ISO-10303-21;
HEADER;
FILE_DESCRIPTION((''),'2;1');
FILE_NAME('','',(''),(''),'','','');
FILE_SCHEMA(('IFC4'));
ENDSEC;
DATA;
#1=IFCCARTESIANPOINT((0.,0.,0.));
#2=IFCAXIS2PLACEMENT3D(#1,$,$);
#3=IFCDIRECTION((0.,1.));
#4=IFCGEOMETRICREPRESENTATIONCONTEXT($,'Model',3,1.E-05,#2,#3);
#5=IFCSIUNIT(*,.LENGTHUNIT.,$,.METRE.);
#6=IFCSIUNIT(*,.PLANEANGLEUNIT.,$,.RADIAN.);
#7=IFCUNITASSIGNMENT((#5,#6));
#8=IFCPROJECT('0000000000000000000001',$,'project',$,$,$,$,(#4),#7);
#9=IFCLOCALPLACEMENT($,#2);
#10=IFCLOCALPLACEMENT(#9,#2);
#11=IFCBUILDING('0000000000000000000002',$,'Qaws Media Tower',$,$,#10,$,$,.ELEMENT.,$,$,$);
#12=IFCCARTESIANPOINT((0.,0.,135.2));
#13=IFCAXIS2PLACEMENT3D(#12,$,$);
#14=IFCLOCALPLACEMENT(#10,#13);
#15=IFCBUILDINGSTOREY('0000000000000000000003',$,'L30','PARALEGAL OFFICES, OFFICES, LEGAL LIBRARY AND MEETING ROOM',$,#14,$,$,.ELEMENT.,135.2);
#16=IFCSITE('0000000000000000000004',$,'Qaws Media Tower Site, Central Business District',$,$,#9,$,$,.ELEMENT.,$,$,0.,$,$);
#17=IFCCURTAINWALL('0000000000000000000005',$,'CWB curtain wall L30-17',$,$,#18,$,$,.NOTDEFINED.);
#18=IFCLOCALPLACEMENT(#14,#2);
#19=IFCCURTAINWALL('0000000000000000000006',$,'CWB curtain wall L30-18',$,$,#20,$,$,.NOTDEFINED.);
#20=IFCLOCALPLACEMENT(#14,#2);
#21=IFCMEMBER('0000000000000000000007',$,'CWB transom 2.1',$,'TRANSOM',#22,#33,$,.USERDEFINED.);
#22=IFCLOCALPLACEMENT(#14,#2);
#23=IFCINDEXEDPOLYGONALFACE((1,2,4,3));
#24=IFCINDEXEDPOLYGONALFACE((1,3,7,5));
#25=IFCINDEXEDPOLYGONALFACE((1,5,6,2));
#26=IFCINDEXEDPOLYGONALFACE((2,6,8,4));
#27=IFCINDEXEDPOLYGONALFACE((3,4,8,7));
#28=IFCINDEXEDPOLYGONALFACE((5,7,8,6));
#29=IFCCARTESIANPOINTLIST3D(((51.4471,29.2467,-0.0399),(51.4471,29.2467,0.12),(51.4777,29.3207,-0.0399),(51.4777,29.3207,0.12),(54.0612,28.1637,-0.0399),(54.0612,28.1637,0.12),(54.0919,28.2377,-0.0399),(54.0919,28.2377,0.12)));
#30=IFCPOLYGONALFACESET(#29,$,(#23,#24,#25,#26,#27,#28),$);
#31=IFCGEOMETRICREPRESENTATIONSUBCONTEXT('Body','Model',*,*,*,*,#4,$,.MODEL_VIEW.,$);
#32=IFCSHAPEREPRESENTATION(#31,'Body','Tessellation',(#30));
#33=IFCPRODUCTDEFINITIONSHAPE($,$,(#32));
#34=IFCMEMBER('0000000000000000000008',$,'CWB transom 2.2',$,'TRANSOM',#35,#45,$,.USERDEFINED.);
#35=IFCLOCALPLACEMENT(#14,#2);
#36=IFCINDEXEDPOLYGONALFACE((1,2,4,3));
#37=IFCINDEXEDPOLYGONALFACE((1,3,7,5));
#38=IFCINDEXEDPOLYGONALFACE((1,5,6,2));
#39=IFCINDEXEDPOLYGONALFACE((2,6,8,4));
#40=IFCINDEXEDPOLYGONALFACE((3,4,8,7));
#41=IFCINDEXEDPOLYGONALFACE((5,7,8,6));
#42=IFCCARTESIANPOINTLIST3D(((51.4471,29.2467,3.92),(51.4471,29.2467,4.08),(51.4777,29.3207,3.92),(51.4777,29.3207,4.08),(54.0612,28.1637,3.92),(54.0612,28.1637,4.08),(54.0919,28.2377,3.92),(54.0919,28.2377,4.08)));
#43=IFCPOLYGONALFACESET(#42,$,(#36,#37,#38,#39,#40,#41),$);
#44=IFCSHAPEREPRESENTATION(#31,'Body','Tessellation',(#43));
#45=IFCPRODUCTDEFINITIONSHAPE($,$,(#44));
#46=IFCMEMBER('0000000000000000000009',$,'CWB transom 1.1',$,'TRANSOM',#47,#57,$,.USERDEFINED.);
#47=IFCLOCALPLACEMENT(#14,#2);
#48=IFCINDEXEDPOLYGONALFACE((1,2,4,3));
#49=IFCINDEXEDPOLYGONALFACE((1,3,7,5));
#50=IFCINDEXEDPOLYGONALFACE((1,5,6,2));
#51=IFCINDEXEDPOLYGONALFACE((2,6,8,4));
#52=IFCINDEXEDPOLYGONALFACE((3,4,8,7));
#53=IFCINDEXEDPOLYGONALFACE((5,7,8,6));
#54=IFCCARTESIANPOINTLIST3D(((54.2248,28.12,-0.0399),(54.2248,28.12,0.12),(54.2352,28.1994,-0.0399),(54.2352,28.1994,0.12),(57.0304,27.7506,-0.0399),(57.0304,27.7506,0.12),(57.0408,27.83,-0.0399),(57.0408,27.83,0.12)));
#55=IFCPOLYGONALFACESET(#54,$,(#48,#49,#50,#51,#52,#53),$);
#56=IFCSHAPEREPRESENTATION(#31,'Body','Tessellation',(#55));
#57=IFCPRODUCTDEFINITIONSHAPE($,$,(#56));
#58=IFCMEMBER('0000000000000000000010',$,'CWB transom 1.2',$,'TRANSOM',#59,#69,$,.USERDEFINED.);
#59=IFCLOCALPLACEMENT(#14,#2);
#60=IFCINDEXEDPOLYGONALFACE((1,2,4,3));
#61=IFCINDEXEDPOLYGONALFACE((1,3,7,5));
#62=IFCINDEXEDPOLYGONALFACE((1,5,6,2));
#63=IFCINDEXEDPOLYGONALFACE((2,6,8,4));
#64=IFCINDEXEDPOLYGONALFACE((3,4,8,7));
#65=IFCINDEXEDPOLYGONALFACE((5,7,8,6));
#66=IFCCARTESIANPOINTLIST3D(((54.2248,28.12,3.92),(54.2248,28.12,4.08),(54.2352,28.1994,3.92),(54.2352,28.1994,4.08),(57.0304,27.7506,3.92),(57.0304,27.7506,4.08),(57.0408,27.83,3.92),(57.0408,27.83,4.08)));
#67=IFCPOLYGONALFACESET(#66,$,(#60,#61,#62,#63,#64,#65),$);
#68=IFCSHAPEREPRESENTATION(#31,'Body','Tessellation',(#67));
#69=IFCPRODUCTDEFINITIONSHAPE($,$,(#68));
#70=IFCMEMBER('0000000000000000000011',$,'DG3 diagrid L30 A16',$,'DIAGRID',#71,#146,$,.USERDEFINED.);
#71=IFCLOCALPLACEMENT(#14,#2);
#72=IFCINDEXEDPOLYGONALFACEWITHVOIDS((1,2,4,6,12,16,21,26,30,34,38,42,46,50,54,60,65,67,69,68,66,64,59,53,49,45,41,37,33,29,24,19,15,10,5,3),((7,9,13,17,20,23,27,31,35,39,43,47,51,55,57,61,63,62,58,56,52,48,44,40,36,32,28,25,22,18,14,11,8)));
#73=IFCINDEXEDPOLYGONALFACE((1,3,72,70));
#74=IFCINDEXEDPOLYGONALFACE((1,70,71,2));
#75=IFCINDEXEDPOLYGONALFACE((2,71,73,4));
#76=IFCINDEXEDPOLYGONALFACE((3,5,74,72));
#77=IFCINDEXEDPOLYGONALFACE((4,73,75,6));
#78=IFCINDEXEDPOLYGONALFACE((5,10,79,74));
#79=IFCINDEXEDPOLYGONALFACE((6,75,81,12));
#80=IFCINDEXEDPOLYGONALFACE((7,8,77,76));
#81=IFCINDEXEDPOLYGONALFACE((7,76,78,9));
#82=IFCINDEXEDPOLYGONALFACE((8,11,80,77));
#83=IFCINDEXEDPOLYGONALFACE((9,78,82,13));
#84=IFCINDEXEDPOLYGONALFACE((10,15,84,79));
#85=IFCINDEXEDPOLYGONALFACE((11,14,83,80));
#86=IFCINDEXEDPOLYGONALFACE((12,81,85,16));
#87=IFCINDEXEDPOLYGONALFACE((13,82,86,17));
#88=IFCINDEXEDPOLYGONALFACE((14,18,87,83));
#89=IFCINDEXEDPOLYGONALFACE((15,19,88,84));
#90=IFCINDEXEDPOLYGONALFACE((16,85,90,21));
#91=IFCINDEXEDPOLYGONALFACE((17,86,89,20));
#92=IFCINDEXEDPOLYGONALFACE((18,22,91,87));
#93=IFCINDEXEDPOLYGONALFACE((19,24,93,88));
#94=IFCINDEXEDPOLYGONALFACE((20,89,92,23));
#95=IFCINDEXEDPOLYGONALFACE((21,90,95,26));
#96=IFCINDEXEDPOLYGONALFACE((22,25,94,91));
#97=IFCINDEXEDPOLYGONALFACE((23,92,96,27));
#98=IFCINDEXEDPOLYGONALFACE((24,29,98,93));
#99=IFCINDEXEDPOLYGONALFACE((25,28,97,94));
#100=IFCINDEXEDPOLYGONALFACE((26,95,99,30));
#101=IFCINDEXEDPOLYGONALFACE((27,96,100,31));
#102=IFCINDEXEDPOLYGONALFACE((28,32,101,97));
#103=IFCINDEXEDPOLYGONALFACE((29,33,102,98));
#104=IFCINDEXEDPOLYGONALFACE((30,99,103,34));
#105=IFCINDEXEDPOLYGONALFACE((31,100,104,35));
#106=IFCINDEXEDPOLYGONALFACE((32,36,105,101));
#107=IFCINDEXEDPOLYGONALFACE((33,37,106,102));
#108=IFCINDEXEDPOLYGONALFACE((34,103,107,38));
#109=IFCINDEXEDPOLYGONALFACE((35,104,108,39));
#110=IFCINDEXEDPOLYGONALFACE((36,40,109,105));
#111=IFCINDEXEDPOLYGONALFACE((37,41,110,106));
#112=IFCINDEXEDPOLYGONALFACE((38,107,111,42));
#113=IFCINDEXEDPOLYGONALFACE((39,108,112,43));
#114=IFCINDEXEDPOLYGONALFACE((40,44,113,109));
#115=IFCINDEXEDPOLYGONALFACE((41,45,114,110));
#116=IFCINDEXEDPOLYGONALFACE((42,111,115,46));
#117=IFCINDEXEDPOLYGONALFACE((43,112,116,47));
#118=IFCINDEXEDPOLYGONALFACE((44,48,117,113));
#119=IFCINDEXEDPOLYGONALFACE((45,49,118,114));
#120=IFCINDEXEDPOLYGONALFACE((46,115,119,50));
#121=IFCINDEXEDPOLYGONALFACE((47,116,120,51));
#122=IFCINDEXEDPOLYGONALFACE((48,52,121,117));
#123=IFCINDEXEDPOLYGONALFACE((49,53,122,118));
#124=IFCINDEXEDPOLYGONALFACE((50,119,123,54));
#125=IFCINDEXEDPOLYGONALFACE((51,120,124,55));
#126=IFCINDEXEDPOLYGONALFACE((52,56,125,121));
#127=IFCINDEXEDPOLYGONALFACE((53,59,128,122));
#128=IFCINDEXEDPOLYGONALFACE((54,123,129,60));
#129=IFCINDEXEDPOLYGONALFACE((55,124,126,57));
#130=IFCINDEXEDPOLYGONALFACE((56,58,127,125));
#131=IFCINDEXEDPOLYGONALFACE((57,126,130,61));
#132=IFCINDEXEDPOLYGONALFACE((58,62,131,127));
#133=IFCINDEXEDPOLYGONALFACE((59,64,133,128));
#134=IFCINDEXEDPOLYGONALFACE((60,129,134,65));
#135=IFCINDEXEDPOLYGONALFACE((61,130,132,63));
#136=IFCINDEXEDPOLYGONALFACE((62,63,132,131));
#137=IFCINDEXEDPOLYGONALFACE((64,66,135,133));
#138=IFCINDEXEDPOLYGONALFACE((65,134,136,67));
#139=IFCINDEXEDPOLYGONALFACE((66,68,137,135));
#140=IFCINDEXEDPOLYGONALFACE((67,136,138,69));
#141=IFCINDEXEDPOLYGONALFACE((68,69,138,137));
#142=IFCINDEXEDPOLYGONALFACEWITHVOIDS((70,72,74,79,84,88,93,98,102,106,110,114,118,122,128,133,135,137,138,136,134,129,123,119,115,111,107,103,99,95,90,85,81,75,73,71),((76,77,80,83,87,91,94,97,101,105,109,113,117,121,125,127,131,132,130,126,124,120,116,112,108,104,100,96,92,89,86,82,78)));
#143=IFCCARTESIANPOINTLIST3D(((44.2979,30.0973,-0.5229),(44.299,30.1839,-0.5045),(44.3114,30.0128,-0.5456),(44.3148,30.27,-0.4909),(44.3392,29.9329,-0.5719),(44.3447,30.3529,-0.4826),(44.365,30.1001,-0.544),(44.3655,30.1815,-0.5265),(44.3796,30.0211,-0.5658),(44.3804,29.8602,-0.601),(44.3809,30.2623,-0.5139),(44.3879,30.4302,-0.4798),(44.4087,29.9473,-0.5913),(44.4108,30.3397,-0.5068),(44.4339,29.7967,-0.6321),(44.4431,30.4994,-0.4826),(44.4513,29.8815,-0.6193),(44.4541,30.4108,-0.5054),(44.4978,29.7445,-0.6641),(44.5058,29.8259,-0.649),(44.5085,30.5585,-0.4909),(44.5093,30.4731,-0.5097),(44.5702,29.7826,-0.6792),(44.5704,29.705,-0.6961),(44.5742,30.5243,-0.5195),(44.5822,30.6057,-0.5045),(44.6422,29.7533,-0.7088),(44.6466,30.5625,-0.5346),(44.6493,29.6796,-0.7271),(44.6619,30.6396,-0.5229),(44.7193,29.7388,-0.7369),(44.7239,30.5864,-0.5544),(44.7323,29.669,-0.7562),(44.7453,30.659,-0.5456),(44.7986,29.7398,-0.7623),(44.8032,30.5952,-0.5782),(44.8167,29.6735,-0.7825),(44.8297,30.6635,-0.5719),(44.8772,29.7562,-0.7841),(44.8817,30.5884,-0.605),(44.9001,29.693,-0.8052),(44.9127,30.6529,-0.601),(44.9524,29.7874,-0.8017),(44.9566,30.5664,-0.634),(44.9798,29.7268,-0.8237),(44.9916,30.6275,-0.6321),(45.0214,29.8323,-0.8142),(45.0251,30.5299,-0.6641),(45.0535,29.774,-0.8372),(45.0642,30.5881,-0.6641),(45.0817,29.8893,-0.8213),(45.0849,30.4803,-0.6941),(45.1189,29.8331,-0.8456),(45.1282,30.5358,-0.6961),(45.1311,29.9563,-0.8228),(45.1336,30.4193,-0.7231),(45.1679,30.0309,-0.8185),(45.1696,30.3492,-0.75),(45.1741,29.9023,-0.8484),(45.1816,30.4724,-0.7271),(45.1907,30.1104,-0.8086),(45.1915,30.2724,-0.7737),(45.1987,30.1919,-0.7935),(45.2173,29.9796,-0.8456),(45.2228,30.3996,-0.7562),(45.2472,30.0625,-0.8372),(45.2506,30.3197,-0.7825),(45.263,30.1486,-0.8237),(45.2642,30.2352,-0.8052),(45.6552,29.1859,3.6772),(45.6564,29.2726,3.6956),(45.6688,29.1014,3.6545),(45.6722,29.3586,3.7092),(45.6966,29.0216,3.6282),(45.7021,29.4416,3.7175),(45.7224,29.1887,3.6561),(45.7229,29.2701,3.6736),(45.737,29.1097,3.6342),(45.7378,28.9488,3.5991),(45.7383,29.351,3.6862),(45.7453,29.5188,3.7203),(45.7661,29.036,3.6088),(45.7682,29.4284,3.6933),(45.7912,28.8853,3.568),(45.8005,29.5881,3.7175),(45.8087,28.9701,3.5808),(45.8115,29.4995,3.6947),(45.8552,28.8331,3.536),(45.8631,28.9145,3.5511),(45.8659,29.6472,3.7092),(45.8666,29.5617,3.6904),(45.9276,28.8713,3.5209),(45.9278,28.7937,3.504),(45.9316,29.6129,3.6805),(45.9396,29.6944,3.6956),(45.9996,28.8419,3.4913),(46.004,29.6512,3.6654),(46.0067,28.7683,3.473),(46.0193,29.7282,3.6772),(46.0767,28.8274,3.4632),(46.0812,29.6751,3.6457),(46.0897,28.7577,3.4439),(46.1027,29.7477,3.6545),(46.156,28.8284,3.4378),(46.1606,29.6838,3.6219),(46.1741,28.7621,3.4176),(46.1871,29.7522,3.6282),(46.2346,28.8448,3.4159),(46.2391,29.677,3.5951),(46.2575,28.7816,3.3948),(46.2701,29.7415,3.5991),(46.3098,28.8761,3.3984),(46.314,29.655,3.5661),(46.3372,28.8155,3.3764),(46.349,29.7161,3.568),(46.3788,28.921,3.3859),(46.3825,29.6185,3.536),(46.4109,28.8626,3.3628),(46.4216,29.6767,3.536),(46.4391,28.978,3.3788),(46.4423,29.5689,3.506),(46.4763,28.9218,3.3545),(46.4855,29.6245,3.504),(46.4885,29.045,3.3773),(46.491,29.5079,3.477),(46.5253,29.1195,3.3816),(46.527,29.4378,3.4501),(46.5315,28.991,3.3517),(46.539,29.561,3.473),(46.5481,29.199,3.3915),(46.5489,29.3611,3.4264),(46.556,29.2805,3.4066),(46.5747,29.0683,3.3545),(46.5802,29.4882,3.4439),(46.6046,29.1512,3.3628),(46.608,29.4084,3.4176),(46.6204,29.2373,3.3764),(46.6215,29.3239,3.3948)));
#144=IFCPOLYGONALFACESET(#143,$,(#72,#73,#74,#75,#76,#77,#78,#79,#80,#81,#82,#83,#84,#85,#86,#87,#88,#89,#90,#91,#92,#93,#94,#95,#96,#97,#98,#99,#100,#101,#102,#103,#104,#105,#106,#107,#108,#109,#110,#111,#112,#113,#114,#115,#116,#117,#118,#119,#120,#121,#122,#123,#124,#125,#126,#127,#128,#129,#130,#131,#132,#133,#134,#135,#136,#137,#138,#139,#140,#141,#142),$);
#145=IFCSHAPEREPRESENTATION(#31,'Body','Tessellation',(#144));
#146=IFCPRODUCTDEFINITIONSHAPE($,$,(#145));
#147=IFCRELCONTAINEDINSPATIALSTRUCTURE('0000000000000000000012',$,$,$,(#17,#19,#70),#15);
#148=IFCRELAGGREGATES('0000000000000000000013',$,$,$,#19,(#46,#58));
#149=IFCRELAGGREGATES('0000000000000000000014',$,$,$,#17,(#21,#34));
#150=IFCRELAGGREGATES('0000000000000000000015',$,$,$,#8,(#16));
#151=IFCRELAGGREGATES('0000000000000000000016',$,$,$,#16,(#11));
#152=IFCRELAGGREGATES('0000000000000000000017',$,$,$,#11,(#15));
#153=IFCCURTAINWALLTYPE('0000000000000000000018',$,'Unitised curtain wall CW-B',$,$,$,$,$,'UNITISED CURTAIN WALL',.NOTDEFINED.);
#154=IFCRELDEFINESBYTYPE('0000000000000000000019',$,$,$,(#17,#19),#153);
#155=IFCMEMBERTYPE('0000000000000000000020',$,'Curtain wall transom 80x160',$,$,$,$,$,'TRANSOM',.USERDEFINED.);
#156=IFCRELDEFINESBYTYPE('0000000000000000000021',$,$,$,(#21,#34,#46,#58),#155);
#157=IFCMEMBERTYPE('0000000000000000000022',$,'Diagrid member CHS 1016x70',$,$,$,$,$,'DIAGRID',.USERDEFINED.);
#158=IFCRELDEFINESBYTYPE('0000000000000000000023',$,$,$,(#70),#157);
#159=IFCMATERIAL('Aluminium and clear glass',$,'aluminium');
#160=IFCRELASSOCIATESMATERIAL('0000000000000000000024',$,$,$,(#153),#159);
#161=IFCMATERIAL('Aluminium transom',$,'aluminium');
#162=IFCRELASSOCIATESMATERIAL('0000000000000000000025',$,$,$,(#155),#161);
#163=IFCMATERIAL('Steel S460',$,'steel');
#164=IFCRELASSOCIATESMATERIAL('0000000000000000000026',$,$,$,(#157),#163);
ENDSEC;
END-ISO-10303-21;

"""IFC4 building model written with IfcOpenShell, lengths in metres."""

from ifc_helpers import new_model, si_unit, direction, frame, origin, origin_2d, place, context, subcontext, project, spatial, rectangle, hollow_circle, extrude, material, material_profile, profile_set, type_object, element, aggregate, save


model = new_model("IFC4")

# Units and contexts
model_context = context("Model", 3, precision=1e-05, world=origin(), true_north=direction((0.0, 1.0)))
body_context = subcontext(model_context, "Body", "Model", "MODEL_VIEW")
ifc_project = project(units=[si_unit("LENGTHUNIT", "METRE"), si_unit("PLANEANGLEUNIT", "RADIAN")], contexts=[model_context])

# Site, building, storey
site_placement = place(None, origin())
site = spatial("IfcSite", under=ifc_project, at=site_placement, Name="Qaws Media Tower Site, Central Business District", CompositionType="ELEMENT", RefElevation=0.0)
building_placement = place(site_placement, origin())
building = spatial("IfcBuilding", under=site, at=building_placement, Name="Qaws Media Tower", CompositionType="ELEMENT")
storey_placement = place(building_placement, frame((0.0, 0.0, 135.2)))
storey = spatial("IfcBuildingStorey", under=building, at=storey_placement, Name="L30", Description="PARALEGAL OFFICES, OFFICES, LEGAL LIBRARY AND MEETING ROOM", CompositionType="ELEMENT", Elevation=135.2)

# Shared definitions
ifc_material_1 = material(Name="Aluminium and clear glass", Category="aluminium")
curtain_wall_type = type_object("IfcCurtainWallType", Name="Unitised curtain wall CW-B", ElementType="UNITISED CURTAIN WALL", PredefinedType="NOTDEFINED", material=ifc_material_1)

# Curtain wall
curtain_wall_1_placement = place(storey_placement, origin())
curtain_wall_1 = element("IfcCurtainWall", 1, at=curtain_wall_1_placement, inside=storey, type_object=curtain_wall_type, Name="CWB curtain wall L30-17", PredefinedType="NOTDEFINED")

# Curtain wall
curtain_wall_2_placement = place(storey_placement, origin())
curtain_wall_2 = element("IfcCurtainWall", 2, at=curtain_wall_2_placement, inside=storey, type_object=curtain_wall_type, Name="CWB curtain wall L30-18", PredefinedType="NOTDEFINED")

# Members
ifc_material_2 = material(Name="Aluminium transom", Category="aluminium")
ifc_material_profile_1 = material_profile(ifc_material_2, rectangle(XDim=0.0801, YDim=0.1599, at=origin_2d()), Name="80x160")
ifc_profile_set_1 = profile_set([ifc_material_profile_1], Name="Aluminium transom")
member_type_1 = type_object("IfcMemberType", Name="Curtain wall transom 80x160", ElementType="TRANSOM", PredefinedType="USERDEFINED", material=ifc_profile_set_1)
member_1_placement = place(storey_placement, frame((51.4624, 29.2837, 0.04), z_axis=(0.923861, -0.382728, 0.0), x_axis=(0.382728, 0.923861, 0.0)))
member_1 = element("IfcMember", 3, at=member_1_placement, type_object=member_type_1, Name="CWB transom 2.1", ObjectType="TRANSOM", PredefinedType="USERDEFINED", context=body_context, shape_type="SweptSolid", body=[
    extrude(rectangle(XDim=0.0801, YDim=0.1599, at=origin_2d()), origin(), (0.0, 0.0, 1.0), 2.8296),
])
member_2_placement = place(storey_placement, frame((51.4624, 29.2837, 4.0), z_axis=(0.923861, -0.382728, 0.0), x_axis=(0.382728, 0.923861, 0.0)))
member_2 = element("IfcMember", 4, at=member_2_placement, type_object=member_type_1, Name="CWB transom 2.2", ObjectType="TRANSOM", PredefinedType="USERDEFINED", context=body_context, shape_type="SweptSolid", body=[
    extrude(rectangle(XDim=0.0801, YDim=0.1599, at=origin_2d()), origin(), (0.0, 0.0, 1.0), 2.8296),
])
member_3_placement = place(storey_placement, frame((54.23, 28.1597, 0.04), z_axis=(0.991444, -0.13053, 0.0), x_axis=(0.13053, 0.991444, 0.0)))
member_3 = element("IfcMember", 5, at=member_3_placement, type_object=member_type_1, Name="CWB transom 1.1", ObjectType="TRANSOM", PredefinedType="USERDEFINED", context=body_context, shape_type="SweptSolid", body=[
    extrude(rectangle(XDim=0.0801, YDim=0.1599, at=origin_2d()), origin(), (0.0, 0.0, 1.0), 2.8298),
])
member_4_placement = place(storey_placement, frame((54.23, 28.1597, 4.0), z_axis=(0.991444, -0.13053, 0.0), x_axis=(0.13053, 0.991444, 0.0)))
member_4 = element("IfcMember", 6, at=member_4_placement, type_object=member_type_1, Name="CWB transom 1.2", ObjectType="TRANSOM", PredefinedType="USERDEFINED", context=body_context, shape_type="SweptSolid", body=[
    extrude(rectangle(XDim=0.0801, YDim=0.1599, at=origin_2d()), origin(), (0.0, 0.0, 1.0), 2.8298),
])
aggregate(curtain_wall_2, [member_3, member_4])

# Member
ifc_material_3 = material(Name="Steel S460", Category="steel")
ifc_material_profile_2 = material_profile(ifc_material_3, hollow_circle(Radius=0.5081, WallThickness=0.0701, at=origin_2d()), Name="CHS 1016x70")
ifc_profile_set_2 = profile_set([ifc_material_profile_2], Name="Steel S460")
member_type_2 = type_object("IfcMemberType", Name="Diagrid member CHS 1016x70", ElementType="DIAGRID", PredefinedType="USERDEFINED", material=ifc_profile_set_2)
member_5_placement = place(storey_placement, frame((44.781, 30.1663, -0.6641), z_axis=(0.301168, -0.202205, 0.931886), x_axis=(0.557419, 0.830231, 0.0)))
element("IfcMember", 7, at=member_5_placement, inside=storey, type_object=member_type_2, Name="DG3 diagrid L30 A16", ObjectType="DIAGRID", PredefinedType="USERDEFINED", context=body_context, shape_type="SweptSolid", body=[
    extrude(hollow_circle(Radius=0.5081, WallThickness=0.0701, at=origin_2d()), origin(), (0.0, 0.0, 1.0), 4.5071),
])

aggregate(curtain_wall_1, [member_1, member_2])

save(model, "model.ifc")
